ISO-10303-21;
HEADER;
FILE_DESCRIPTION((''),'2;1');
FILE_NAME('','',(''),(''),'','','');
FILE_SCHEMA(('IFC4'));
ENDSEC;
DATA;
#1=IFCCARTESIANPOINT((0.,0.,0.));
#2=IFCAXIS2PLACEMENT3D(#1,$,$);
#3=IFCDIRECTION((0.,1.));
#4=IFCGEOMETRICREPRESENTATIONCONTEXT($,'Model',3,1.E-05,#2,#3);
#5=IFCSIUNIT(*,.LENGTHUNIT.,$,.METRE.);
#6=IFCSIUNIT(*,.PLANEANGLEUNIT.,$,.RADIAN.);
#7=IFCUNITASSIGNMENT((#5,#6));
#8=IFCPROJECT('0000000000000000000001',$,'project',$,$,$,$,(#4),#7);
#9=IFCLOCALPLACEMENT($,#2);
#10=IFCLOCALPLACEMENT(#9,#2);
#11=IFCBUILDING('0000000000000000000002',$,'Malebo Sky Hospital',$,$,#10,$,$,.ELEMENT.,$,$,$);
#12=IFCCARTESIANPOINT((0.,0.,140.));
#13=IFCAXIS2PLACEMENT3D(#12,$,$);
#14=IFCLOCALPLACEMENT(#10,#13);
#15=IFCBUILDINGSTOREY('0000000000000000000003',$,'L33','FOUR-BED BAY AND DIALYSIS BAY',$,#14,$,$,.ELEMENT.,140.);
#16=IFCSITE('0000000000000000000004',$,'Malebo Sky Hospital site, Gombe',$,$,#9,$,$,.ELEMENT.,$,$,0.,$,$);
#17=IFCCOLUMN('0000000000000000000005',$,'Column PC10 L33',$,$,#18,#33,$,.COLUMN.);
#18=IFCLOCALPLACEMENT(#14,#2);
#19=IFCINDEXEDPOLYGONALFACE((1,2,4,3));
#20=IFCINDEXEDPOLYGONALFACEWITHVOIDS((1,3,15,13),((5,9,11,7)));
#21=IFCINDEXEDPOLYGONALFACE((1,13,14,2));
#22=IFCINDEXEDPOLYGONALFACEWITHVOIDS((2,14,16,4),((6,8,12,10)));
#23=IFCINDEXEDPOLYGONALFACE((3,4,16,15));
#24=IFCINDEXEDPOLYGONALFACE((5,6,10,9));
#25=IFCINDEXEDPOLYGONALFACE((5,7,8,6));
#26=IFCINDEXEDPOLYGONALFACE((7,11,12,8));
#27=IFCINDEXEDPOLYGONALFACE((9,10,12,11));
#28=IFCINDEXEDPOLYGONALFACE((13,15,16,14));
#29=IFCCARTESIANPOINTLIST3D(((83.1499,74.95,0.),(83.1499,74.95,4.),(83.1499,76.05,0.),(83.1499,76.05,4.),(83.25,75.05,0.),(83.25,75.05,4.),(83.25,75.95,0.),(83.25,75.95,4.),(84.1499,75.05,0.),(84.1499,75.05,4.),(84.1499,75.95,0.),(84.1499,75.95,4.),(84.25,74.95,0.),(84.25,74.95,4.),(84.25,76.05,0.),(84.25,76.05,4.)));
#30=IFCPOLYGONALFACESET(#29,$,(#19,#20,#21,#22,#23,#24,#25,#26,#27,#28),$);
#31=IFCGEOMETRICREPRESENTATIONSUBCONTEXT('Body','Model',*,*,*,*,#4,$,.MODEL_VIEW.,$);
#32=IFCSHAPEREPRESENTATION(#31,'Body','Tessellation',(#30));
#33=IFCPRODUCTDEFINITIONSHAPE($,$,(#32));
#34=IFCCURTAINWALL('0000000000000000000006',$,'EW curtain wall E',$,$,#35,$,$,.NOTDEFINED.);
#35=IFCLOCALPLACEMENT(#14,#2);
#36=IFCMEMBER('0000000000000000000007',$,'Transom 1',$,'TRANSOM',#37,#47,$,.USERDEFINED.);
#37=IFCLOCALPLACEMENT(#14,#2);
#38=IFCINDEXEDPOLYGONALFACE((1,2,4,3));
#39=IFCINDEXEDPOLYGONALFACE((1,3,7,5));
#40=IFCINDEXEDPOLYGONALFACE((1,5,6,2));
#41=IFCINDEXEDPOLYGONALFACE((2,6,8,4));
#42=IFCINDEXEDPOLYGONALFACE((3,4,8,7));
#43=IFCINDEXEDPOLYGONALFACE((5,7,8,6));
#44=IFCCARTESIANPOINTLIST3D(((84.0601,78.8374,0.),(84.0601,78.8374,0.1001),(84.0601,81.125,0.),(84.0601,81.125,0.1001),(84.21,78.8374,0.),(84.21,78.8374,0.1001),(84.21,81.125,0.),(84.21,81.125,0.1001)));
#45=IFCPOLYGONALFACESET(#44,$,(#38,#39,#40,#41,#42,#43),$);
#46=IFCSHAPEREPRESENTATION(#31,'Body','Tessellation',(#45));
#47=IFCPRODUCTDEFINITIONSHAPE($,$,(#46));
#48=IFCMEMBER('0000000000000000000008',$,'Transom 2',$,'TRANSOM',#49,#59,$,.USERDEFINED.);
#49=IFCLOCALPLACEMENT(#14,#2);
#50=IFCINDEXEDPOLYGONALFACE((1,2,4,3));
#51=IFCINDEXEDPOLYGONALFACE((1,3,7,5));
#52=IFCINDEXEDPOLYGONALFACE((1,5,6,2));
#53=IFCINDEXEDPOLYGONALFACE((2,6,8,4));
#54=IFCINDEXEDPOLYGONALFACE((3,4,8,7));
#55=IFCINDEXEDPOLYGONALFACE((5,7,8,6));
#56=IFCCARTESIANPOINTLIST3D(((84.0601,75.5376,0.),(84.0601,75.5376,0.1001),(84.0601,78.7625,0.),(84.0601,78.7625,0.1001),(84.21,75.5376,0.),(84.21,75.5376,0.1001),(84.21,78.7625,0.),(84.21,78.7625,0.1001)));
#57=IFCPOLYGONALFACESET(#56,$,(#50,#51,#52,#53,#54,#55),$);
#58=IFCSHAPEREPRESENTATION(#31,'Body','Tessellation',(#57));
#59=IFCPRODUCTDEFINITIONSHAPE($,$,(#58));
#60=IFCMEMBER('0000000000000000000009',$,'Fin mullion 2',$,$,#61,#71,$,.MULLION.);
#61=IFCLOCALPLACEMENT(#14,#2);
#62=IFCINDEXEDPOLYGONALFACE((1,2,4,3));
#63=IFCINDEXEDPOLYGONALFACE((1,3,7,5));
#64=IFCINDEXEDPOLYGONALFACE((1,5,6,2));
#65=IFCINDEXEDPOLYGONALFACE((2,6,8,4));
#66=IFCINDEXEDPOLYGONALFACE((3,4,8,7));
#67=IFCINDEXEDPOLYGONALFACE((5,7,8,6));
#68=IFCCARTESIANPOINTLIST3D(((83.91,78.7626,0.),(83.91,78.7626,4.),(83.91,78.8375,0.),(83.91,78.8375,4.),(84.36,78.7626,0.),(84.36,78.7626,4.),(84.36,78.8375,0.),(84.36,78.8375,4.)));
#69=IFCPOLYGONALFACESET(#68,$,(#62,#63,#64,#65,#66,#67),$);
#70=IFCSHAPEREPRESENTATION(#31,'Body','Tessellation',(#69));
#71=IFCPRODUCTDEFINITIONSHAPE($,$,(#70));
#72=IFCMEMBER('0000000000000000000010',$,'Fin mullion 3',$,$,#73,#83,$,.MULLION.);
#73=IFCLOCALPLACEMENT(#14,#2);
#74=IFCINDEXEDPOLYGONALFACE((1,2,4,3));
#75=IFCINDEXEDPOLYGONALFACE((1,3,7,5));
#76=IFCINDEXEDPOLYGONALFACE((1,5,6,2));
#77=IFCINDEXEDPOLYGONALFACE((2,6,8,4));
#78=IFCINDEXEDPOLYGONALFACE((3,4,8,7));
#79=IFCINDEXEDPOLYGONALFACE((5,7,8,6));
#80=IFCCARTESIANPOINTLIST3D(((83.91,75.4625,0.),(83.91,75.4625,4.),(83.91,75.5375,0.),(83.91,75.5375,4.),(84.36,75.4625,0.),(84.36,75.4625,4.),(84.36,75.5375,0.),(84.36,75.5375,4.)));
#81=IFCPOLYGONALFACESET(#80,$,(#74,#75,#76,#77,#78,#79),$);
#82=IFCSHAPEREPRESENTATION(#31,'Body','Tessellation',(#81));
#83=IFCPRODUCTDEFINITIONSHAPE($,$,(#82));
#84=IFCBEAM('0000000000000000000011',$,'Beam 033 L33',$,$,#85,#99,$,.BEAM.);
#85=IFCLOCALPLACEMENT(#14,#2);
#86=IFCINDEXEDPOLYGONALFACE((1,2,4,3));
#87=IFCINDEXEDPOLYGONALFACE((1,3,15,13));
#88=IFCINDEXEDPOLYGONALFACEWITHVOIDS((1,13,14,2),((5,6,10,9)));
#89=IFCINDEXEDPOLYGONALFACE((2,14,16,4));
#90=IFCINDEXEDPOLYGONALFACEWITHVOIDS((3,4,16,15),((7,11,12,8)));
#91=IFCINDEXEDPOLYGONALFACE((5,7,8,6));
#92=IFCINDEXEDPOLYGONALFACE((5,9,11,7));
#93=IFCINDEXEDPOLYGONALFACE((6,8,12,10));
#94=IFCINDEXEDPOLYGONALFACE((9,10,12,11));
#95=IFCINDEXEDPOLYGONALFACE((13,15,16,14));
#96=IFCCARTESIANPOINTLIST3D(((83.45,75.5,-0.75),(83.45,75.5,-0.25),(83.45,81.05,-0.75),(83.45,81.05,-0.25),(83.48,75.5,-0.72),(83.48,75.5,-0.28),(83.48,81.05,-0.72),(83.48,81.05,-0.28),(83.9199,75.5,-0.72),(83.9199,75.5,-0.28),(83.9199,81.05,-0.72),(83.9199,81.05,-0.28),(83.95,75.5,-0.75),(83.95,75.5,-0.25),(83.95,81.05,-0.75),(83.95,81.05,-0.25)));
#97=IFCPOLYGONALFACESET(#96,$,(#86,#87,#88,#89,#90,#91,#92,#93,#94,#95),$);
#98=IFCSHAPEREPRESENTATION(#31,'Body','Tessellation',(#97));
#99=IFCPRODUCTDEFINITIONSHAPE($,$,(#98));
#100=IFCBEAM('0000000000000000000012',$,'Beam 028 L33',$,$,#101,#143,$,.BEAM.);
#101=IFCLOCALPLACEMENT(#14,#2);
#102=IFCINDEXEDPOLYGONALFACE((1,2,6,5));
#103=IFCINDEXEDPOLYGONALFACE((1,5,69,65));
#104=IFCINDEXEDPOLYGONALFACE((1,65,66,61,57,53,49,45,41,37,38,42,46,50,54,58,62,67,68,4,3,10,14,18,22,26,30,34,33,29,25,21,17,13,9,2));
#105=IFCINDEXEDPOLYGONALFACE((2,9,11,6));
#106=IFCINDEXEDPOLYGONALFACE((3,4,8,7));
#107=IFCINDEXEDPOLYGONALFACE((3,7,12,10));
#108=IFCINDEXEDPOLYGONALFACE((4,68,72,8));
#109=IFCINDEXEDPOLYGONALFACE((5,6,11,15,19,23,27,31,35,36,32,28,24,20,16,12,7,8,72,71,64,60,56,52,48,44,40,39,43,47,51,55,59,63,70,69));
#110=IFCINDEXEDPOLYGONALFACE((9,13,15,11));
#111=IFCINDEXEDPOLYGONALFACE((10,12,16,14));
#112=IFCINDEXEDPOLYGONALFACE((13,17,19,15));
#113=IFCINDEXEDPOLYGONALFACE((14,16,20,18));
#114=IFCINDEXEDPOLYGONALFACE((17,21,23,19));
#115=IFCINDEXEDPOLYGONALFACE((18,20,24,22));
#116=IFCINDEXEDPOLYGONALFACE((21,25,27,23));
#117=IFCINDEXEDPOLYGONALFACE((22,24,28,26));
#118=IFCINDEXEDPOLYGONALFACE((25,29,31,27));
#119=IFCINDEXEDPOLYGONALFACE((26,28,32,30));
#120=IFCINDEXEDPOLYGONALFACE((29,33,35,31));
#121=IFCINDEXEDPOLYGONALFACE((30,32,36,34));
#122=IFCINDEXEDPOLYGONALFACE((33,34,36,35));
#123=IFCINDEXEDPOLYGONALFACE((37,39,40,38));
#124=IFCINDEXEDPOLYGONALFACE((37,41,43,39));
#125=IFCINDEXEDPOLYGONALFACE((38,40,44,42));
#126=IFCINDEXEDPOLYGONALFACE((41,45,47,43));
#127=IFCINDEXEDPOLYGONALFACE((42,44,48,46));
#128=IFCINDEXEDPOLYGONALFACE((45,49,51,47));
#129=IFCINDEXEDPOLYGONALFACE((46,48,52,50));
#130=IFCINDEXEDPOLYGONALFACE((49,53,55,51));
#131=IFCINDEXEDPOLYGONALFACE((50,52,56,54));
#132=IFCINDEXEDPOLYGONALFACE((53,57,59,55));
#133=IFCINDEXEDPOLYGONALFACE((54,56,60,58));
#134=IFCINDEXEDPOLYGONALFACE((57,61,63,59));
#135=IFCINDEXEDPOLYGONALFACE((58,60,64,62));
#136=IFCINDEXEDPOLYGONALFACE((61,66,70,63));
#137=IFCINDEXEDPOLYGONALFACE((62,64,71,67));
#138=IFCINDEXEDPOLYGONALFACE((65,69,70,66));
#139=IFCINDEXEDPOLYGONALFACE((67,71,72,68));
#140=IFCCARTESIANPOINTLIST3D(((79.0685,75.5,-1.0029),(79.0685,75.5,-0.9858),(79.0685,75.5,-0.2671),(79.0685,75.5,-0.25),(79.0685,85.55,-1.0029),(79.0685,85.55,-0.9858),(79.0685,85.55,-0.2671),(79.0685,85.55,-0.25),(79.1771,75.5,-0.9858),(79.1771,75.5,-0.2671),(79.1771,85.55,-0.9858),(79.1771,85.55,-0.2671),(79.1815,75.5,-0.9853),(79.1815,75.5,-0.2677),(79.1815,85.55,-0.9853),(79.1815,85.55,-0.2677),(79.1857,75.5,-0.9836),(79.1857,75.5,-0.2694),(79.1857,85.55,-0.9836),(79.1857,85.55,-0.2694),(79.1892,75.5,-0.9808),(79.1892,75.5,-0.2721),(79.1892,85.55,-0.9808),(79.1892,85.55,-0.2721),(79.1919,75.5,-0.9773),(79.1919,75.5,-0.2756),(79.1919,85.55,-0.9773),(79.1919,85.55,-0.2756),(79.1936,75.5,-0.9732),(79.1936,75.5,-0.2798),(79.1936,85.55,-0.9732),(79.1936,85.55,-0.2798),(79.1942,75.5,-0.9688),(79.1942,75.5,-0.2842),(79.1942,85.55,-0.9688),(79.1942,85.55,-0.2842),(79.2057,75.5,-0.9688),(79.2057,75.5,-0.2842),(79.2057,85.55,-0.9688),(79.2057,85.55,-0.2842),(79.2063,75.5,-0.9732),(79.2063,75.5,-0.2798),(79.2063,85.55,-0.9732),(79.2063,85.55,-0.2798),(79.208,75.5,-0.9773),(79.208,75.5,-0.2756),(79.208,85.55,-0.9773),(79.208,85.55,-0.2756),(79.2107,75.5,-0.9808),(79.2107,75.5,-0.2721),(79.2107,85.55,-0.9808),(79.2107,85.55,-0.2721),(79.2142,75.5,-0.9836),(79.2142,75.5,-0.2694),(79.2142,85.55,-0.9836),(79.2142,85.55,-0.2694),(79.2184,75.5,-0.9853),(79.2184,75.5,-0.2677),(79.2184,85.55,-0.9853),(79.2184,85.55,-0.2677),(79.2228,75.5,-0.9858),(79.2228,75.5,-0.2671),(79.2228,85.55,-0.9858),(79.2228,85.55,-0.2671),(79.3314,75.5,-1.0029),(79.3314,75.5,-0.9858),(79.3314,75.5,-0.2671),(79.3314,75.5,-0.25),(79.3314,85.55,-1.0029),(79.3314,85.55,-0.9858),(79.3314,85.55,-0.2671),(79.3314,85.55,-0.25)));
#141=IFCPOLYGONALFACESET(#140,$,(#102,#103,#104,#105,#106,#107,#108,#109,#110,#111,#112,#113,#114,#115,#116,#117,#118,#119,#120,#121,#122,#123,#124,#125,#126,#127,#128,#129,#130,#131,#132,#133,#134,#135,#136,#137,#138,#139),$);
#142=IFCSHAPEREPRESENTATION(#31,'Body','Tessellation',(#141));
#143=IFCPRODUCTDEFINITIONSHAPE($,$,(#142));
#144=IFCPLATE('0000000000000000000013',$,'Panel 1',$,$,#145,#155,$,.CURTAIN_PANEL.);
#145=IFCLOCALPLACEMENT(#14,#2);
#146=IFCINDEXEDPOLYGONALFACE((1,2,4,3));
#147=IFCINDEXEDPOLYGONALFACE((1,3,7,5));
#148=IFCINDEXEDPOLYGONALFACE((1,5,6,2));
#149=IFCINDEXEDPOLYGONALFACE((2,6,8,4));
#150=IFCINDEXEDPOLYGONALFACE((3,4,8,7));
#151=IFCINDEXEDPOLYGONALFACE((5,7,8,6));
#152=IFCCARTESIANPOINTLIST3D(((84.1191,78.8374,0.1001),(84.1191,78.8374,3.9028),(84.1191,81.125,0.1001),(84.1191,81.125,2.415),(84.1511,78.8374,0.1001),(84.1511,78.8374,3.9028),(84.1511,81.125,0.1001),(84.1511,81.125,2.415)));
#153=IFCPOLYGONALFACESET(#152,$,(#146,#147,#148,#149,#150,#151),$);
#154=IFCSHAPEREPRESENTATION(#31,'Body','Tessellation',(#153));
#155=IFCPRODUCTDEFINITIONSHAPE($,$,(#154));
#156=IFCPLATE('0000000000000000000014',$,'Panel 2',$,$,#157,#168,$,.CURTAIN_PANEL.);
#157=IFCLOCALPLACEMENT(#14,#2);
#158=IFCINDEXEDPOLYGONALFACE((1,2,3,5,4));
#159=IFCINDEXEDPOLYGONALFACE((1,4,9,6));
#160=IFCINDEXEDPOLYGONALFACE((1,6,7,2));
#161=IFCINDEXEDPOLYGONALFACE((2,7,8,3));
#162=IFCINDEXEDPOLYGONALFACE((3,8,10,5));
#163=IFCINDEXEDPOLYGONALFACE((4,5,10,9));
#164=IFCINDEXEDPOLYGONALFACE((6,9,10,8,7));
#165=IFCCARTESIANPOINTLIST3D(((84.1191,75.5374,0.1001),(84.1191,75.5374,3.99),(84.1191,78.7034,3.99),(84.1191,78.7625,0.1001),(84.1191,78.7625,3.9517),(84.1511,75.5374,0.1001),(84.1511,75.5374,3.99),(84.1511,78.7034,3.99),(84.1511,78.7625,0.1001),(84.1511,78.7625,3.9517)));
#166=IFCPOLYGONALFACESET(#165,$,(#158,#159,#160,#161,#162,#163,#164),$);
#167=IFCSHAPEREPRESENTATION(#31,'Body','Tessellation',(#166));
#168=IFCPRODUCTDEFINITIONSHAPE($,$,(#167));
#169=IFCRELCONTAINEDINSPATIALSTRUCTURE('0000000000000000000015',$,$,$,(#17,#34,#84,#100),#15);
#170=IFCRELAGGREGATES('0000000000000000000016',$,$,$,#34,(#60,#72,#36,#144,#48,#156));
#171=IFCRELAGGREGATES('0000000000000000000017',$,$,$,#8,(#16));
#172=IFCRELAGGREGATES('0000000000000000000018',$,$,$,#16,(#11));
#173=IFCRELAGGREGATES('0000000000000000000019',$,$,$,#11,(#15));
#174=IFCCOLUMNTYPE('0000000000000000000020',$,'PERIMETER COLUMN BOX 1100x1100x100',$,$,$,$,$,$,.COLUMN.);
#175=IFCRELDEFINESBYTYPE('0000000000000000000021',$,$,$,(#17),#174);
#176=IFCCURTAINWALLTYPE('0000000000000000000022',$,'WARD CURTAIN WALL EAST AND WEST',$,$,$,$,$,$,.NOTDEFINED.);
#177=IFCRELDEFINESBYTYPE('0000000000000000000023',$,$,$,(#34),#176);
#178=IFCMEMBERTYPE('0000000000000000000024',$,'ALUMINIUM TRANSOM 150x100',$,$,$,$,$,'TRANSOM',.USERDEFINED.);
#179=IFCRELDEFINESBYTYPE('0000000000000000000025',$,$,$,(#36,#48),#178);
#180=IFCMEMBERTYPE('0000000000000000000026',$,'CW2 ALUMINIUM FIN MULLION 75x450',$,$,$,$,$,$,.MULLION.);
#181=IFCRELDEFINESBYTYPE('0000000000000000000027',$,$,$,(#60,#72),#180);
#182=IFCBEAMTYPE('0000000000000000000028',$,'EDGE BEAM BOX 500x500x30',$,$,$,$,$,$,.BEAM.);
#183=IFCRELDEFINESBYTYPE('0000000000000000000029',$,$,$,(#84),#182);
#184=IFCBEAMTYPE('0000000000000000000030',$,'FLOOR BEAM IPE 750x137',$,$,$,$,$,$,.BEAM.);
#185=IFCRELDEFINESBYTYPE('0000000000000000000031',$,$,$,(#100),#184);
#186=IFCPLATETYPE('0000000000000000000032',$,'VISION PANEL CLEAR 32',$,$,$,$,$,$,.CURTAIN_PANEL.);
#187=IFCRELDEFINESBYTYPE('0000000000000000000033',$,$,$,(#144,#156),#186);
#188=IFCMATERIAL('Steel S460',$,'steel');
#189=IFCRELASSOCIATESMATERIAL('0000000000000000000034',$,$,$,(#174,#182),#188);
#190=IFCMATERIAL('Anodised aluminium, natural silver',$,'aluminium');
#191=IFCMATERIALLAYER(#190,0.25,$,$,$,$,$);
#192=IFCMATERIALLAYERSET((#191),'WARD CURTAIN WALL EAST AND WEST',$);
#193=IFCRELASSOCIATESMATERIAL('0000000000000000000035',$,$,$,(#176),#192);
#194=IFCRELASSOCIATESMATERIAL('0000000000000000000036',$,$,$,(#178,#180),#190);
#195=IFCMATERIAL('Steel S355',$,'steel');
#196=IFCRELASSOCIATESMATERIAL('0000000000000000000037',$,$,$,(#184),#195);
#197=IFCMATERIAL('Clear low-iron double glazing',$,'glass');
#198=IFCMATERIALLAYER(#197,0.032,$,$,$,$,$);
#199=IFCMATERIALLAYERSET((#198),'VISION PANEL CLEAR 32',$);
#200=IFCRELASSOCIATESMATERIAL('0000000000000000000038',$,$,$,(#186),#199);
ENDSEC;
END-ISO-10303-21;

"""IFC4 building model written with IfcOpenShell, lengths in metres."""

from ifc_helpers import new_model, si_unit, direction, frame, origin, origin_2d, place, context, subcontext, project, spatial, polyline, rectangle, hollow_rectangle, i_section, outline, extrude, material, layer, layer_set, material_profile, profile_set, type_object, element, aggregate, save


model = new_model("IFC4")

# Units and contexts
model_context = context("Model", 3, precision=1e-05, world=origin(), true_north=direction((0.0, 1.0)))
body_context = subcontext(model_context, "Body", "Model", "MODEL_VIEW")
ifc_project = project(units=[si_unit("LENGTHUNIT", "METRE"), si_unit("PLANEANGLEUNIT", "RADIAN")], contexts=[model_context])

# Site, building, storey
site_placement = place(None, origin())
site = spatial("IfcSite", under=ifc_project, at=site_placement, Name="Malebo Sky Hospital site, Gombe", CompositionType="ELEMENT", RefElevation=0.0)
building_placement = place(site_placement, origin())
building = spatial("IfcBuilding", under=site, at=building_placement, Name="Malebo Sky Hospital", CompositionType="ELEMENT")
storey_placement = place(building_placement, frame((0.0, 0.0, 140.0)))
storey = spatial("IfcBuildingStorey", under=building, at=storey_placement, Name="L33", Description="FOUR-BED BAY AND DIALYSIS BAY", CompositionType="ELEMENT", Elevation=140.0)

# Column
ifc_material_1 = material(Name="Steel S460", Category="steel")
ifc_material_profile_1 = material_profile(ifc_material_1, hollow_rectangle(XDim=1.1001, YDim=1.1001, WallThickness=0.1001, at=origin_2d()), Name="BOX 1100x1100x100")
ifc_profile_set_1 = profile_set([ifc_material_profile_1], Name="Steel S460")
column_type = type_object("IfcColumnType", Name="PERIMETER COLUMN BOX 1100x1100x100", PredefinedType="COLUMN", material=ifc_profile_set_1)
column_placement = place(storey_placement, frame((83.7, 75.5, 0.0), z_axis=(0.0, 0.0, 1.0), x_axis=(1.0, 0.0, 0.0)))
element("IfcColumn", 1, at=column_placement, inside=storey, type_object=column_type, Name="Column PC10 L33", PredefinedType="COLUMN", context=body_context, shape_type="SweptSolid", body=[
    extrude(hollow_rectangle(XDim=1.1001, YDim=1.1001, WallThickness=0.1001, at=origin_2d()), origin(), (0.0, 0.0, 1.0), 4.0),
])

# Curtain wall, members
ifc_material_2 = material(Name="Anodised aluminium, natural silver", Category="aluminium")
ifc_layer_1 = layer(ifc_material_2, 0.25)
ifc_layer_set_1 = layer_set([ifc_layer_1], Name="WARD CURTAIN WALL EAST AND WEST")
curtain_wall_type = type_object("IfcCurtainWallType", Name="WARD CURTAIN WALL EAST AND WEST", PredefinedType="NOTDEFINED", material=ifc_layer_set_1)
curtain_wall_placement = place(storey_placement, origin())
curtain_wall = element("IfcCurtainWall", 2, at=curtain_wall_placement, inside=storey, type_object=curtain_wall_type, Name="EW curtain wall E", PredefinedType="NOTDEFINED")
ifc_material_profile_2 = material_profile(ifc_material_2, rectangle(XDim=0.1499, YDim=0.1001, at=origin_2d()), Name="ALUMINIUM TRANSOM 150x100")
ifc_profile_set_2 = profile_set([ifc_material_profile_2], Name="Anodised aluminium, natural silver")
member_type_1 = type_object("IfcMemberType", Name="ALUMINIUM TRANSOM 150x100", ElementType="TRANSOM", PredefinedType="USERDEFINED", material=ifc_profile_set_2)
member_1_placement = place(storey_placement, frame((84.135, 81.125, 0.05), z_axis=(0.0, -1.0, 0.0), x_axis=(1.0, 0.0, 0.0)))
member_1 = element("IfcMember", 3, at=member_1_placement, type_object=member_type_1, Name="Transom 1", ObjectType="TRANSOM", PredefinedType="USERDEFINED", context=body_context, shape_type="SweptSolid", body=[
    extrude(rectangle(XDim=0.1499, YDim=0.1001, at=origin_2d()), origin(), (0.0, 0.0, 1.0), 2.2876),
])
member_2_placement = place(storey_placement, frame((84.135, 78.7625, 0.05), z_axis=(0.0, -1.0, 0.0), x_axis=(1.0, 0.0, 0.0)))
member_2 = element("IfcMember", 4, at=member_2_placement, type_object=member_type_1, Name="Transom 2", ObjectType="TRANSOM", PredefinedType="USERDEFINED", context=body_context, shape_type="SweptSolid", body=[
    extrude(rectangle(XDim=0.1499, YDim=0.1001, at=origin_2d()), origin(), (0.0, 0.0, 1.0), 3.2249),
])
ifc_material_profile_3 = material_profile(ifc_material_2, rectangle(XDim=0.075, YDim=0.45, at=origin_2d()), Name="CW2 ALUMINIUM FIN MULLION 75x450")
ifc_profile_set_3 = profile_set([ifc_material_profile_3], Name="Anodised aluminium, natural silver")
member_type_2 = type_object("IfcMemberType", Name="CW2 ALUMINIUM FIN MULLION 75x450", PredefinedType="MULLION", material=ifc_profile_set_3)
member_3_placement = place(storey_placement, frame((84.135, 78.8, 0.0), z_axis=(0.0, 0.0, 1.0), x_axis=(0.0, -1.0, 0.0)))
member_3 = element("IfcMember", 5, at=member_3_placement, type_object=member_type_2, Name="Fin mullion 2", PredefinedType="MULLION", context=body_context, shape_type="SweptSolid", body=[
    extrude(rectangle(XDim=0.075, YDim=0.45, at=origin_2d()), origin(), (0.0, 0.0, 1.0), 4.0),
])
member_4_placement = place(storey_placement, frame((84.135, 75.5, 0.0), z_axis=(0.0, 0.0, 1.0), x_axis=(0.0, -1.0, 0.0)))
member_4 = element("IfcMember", 6, at=member_4_placement, type_object=member_type_2, Name="Fin mullion 3", PredefinedType="MULLION", context=body_context, shape_type="SweptSolid", body=[
    extrude(rectangle(XDim=0.075, YDim=0.45, at=origin_2d()), origin(), (0.0, 0.0, 1.0), 4.0),
])

# Beams
ifc_material_profile_4 = material_profile(ifc_material_1, hollow_rectangle(XDim=0.5, YDim=0.5, WallThickness=0.03, at=origin_2d()), Name="BOX 500x500x30")
ifc_profile_set_4 = profile_set([ifc_material_profile_4], Name="Steel S460")
beam_type_1 = type_object("IfcBeamType", Name="EDGE BEAM BOX 500x500x30", PredefinedType="BEAM", material=ifc_profile_set_4)
beam_1_placement = place(storey_placement, frame((83.7, 75.5, -0.5), z_axis=(0.0, 1.0, 0.0), x_axis=(-1.0, 0.0, 0.0)))
element("IfcBeam", 7, at=beam_1_placement, inside=storey, type_object=beam_type_1, Name="Beam 033 L33", PredefinedType="BEAM", context=body_context, shape_type="SweptSolid", body=[
    extrude(hollow_rectangle(XDim=0.5, YDim=0.5, WallThickness=0.03, at=origin_2d()), origin(), (0.0, 0.0, 1.0), 5.55),
])
ifc_material_3 = material(Name="Steel S355", Category="steel")
ifc_material_profile_5 = material_profile(ifc_material_3, i_section(OverallWidth=0.2629, OverallDepth=0.7529, WebThickness=0.0115, FlangeThickness=0.0171, FilletRadius=0.0171, at=origin_2d()), Name="IPE 750x137")
ifc_profile_set_5 = profile_set([ifc_material_profile_5], Name="Steel S355")
beam_type_2 = type_object("IfcBeamType", Name="FLOOR BEAM IPE 750x137", PredefinedType="BEAM", material=ifc_profile_set_5)
beam_2_placement = place(storey_placement, frame((79.2, 75.5, -0.6265), z_axis=(0.0, 1.0, 0.0), x_axis=(-1.0, 0.0, 0.0)))
element("IfcBeam", 8, at=beam_2_placement, inside=storey, type_object=beam_type_2, Name="Beam 028 L33", PredefinedType="BEAM", context=body_context, shape_type="SweptSolid", body=[
    extrude(i_section(OverallWidth=0.2629, OverallDepth=0.7529, WebThickness=0.0115, FlangeThickness=0.0171, FilletRadius=0.0171, at=origin_2d()), origin(), (0.0, 0.0, 1.0), 10.05),
])

# Plates
ifc_material_4 = material(Name="Clear low-iron double glazing", Category="glass")
ifc_layer_2 = layer(ifc_material_4, 0.032)
ifc_layer_set_2 = layer_set([ifc_layer_2], Name="VISION PANEL CLEAR 32")
plate_type = type_object("IfcPlateType", Name="VISION PANEL CLEAR 32", PredefinedType="CURTAIN_PANEL", material=ifc_layer_set_2)
plate_1_placement = place(storey_placement, frame((84.135, 79.9812, 0.1001), z_axis=(0.0, 0.0, 1.0), x_axis=(0.0, -1.0, 0.0)))
plate_1 = element("IfcPlate", 9, at=plate_1_placement, type_object=plate_type, Name="Panel 1", PredefinedType="CURTAIN_PANEL", context=body_context, shape_type="SweptSolid", body=[
    extrude(outline(polyline([(-1.1438, 0.0), (1.1438, 0.0), (1.1438, 3.8027), (-1.1438, 2.3149), (-1.1438, 0.0)])), frame((0.0, 0.0161, 0.0), z_axis=(0.0, -1.0, 0.0), x_axis=(1.0, 0.0, 0.0)), (0.0, 0.0, 1.0), 0.032),
])
plate_2_placement = place(storey_placement, frame((84.135, 77.1499, 0.1001), z_axis=(0.0, 0.0, 1.0), x_axis=(0.0, -1.0, 0.0)))
plate_2 = element("IfcPlate", 10, at=plate_2_placement, type_object=plate_type, Name="Panel 2", PredefinedType="CURTAIN_PANEL", context=body_context, shape_type="SweptSolid", body=[
    extrude(outline(polyline([(-1.6125, 0.0), (1.6125, 0.0), (1.6125, 3.8899), (-1.5535, 3.8899), (-1.6125, 3.8516), (-1.6125, 0.0)])), frame((0.0, 0.0161, 0.0), z_axis=(0.0, -1.0, 0.0), x_axis=(1.0, 0.0, 0.0)), (0.0, 0.0, 1.0), 0.032),
])
aggregate(curtain_wall, [member_3, member_4, member_1, plate_1, member_2, plate_2])

save(model, "model.ifc")
